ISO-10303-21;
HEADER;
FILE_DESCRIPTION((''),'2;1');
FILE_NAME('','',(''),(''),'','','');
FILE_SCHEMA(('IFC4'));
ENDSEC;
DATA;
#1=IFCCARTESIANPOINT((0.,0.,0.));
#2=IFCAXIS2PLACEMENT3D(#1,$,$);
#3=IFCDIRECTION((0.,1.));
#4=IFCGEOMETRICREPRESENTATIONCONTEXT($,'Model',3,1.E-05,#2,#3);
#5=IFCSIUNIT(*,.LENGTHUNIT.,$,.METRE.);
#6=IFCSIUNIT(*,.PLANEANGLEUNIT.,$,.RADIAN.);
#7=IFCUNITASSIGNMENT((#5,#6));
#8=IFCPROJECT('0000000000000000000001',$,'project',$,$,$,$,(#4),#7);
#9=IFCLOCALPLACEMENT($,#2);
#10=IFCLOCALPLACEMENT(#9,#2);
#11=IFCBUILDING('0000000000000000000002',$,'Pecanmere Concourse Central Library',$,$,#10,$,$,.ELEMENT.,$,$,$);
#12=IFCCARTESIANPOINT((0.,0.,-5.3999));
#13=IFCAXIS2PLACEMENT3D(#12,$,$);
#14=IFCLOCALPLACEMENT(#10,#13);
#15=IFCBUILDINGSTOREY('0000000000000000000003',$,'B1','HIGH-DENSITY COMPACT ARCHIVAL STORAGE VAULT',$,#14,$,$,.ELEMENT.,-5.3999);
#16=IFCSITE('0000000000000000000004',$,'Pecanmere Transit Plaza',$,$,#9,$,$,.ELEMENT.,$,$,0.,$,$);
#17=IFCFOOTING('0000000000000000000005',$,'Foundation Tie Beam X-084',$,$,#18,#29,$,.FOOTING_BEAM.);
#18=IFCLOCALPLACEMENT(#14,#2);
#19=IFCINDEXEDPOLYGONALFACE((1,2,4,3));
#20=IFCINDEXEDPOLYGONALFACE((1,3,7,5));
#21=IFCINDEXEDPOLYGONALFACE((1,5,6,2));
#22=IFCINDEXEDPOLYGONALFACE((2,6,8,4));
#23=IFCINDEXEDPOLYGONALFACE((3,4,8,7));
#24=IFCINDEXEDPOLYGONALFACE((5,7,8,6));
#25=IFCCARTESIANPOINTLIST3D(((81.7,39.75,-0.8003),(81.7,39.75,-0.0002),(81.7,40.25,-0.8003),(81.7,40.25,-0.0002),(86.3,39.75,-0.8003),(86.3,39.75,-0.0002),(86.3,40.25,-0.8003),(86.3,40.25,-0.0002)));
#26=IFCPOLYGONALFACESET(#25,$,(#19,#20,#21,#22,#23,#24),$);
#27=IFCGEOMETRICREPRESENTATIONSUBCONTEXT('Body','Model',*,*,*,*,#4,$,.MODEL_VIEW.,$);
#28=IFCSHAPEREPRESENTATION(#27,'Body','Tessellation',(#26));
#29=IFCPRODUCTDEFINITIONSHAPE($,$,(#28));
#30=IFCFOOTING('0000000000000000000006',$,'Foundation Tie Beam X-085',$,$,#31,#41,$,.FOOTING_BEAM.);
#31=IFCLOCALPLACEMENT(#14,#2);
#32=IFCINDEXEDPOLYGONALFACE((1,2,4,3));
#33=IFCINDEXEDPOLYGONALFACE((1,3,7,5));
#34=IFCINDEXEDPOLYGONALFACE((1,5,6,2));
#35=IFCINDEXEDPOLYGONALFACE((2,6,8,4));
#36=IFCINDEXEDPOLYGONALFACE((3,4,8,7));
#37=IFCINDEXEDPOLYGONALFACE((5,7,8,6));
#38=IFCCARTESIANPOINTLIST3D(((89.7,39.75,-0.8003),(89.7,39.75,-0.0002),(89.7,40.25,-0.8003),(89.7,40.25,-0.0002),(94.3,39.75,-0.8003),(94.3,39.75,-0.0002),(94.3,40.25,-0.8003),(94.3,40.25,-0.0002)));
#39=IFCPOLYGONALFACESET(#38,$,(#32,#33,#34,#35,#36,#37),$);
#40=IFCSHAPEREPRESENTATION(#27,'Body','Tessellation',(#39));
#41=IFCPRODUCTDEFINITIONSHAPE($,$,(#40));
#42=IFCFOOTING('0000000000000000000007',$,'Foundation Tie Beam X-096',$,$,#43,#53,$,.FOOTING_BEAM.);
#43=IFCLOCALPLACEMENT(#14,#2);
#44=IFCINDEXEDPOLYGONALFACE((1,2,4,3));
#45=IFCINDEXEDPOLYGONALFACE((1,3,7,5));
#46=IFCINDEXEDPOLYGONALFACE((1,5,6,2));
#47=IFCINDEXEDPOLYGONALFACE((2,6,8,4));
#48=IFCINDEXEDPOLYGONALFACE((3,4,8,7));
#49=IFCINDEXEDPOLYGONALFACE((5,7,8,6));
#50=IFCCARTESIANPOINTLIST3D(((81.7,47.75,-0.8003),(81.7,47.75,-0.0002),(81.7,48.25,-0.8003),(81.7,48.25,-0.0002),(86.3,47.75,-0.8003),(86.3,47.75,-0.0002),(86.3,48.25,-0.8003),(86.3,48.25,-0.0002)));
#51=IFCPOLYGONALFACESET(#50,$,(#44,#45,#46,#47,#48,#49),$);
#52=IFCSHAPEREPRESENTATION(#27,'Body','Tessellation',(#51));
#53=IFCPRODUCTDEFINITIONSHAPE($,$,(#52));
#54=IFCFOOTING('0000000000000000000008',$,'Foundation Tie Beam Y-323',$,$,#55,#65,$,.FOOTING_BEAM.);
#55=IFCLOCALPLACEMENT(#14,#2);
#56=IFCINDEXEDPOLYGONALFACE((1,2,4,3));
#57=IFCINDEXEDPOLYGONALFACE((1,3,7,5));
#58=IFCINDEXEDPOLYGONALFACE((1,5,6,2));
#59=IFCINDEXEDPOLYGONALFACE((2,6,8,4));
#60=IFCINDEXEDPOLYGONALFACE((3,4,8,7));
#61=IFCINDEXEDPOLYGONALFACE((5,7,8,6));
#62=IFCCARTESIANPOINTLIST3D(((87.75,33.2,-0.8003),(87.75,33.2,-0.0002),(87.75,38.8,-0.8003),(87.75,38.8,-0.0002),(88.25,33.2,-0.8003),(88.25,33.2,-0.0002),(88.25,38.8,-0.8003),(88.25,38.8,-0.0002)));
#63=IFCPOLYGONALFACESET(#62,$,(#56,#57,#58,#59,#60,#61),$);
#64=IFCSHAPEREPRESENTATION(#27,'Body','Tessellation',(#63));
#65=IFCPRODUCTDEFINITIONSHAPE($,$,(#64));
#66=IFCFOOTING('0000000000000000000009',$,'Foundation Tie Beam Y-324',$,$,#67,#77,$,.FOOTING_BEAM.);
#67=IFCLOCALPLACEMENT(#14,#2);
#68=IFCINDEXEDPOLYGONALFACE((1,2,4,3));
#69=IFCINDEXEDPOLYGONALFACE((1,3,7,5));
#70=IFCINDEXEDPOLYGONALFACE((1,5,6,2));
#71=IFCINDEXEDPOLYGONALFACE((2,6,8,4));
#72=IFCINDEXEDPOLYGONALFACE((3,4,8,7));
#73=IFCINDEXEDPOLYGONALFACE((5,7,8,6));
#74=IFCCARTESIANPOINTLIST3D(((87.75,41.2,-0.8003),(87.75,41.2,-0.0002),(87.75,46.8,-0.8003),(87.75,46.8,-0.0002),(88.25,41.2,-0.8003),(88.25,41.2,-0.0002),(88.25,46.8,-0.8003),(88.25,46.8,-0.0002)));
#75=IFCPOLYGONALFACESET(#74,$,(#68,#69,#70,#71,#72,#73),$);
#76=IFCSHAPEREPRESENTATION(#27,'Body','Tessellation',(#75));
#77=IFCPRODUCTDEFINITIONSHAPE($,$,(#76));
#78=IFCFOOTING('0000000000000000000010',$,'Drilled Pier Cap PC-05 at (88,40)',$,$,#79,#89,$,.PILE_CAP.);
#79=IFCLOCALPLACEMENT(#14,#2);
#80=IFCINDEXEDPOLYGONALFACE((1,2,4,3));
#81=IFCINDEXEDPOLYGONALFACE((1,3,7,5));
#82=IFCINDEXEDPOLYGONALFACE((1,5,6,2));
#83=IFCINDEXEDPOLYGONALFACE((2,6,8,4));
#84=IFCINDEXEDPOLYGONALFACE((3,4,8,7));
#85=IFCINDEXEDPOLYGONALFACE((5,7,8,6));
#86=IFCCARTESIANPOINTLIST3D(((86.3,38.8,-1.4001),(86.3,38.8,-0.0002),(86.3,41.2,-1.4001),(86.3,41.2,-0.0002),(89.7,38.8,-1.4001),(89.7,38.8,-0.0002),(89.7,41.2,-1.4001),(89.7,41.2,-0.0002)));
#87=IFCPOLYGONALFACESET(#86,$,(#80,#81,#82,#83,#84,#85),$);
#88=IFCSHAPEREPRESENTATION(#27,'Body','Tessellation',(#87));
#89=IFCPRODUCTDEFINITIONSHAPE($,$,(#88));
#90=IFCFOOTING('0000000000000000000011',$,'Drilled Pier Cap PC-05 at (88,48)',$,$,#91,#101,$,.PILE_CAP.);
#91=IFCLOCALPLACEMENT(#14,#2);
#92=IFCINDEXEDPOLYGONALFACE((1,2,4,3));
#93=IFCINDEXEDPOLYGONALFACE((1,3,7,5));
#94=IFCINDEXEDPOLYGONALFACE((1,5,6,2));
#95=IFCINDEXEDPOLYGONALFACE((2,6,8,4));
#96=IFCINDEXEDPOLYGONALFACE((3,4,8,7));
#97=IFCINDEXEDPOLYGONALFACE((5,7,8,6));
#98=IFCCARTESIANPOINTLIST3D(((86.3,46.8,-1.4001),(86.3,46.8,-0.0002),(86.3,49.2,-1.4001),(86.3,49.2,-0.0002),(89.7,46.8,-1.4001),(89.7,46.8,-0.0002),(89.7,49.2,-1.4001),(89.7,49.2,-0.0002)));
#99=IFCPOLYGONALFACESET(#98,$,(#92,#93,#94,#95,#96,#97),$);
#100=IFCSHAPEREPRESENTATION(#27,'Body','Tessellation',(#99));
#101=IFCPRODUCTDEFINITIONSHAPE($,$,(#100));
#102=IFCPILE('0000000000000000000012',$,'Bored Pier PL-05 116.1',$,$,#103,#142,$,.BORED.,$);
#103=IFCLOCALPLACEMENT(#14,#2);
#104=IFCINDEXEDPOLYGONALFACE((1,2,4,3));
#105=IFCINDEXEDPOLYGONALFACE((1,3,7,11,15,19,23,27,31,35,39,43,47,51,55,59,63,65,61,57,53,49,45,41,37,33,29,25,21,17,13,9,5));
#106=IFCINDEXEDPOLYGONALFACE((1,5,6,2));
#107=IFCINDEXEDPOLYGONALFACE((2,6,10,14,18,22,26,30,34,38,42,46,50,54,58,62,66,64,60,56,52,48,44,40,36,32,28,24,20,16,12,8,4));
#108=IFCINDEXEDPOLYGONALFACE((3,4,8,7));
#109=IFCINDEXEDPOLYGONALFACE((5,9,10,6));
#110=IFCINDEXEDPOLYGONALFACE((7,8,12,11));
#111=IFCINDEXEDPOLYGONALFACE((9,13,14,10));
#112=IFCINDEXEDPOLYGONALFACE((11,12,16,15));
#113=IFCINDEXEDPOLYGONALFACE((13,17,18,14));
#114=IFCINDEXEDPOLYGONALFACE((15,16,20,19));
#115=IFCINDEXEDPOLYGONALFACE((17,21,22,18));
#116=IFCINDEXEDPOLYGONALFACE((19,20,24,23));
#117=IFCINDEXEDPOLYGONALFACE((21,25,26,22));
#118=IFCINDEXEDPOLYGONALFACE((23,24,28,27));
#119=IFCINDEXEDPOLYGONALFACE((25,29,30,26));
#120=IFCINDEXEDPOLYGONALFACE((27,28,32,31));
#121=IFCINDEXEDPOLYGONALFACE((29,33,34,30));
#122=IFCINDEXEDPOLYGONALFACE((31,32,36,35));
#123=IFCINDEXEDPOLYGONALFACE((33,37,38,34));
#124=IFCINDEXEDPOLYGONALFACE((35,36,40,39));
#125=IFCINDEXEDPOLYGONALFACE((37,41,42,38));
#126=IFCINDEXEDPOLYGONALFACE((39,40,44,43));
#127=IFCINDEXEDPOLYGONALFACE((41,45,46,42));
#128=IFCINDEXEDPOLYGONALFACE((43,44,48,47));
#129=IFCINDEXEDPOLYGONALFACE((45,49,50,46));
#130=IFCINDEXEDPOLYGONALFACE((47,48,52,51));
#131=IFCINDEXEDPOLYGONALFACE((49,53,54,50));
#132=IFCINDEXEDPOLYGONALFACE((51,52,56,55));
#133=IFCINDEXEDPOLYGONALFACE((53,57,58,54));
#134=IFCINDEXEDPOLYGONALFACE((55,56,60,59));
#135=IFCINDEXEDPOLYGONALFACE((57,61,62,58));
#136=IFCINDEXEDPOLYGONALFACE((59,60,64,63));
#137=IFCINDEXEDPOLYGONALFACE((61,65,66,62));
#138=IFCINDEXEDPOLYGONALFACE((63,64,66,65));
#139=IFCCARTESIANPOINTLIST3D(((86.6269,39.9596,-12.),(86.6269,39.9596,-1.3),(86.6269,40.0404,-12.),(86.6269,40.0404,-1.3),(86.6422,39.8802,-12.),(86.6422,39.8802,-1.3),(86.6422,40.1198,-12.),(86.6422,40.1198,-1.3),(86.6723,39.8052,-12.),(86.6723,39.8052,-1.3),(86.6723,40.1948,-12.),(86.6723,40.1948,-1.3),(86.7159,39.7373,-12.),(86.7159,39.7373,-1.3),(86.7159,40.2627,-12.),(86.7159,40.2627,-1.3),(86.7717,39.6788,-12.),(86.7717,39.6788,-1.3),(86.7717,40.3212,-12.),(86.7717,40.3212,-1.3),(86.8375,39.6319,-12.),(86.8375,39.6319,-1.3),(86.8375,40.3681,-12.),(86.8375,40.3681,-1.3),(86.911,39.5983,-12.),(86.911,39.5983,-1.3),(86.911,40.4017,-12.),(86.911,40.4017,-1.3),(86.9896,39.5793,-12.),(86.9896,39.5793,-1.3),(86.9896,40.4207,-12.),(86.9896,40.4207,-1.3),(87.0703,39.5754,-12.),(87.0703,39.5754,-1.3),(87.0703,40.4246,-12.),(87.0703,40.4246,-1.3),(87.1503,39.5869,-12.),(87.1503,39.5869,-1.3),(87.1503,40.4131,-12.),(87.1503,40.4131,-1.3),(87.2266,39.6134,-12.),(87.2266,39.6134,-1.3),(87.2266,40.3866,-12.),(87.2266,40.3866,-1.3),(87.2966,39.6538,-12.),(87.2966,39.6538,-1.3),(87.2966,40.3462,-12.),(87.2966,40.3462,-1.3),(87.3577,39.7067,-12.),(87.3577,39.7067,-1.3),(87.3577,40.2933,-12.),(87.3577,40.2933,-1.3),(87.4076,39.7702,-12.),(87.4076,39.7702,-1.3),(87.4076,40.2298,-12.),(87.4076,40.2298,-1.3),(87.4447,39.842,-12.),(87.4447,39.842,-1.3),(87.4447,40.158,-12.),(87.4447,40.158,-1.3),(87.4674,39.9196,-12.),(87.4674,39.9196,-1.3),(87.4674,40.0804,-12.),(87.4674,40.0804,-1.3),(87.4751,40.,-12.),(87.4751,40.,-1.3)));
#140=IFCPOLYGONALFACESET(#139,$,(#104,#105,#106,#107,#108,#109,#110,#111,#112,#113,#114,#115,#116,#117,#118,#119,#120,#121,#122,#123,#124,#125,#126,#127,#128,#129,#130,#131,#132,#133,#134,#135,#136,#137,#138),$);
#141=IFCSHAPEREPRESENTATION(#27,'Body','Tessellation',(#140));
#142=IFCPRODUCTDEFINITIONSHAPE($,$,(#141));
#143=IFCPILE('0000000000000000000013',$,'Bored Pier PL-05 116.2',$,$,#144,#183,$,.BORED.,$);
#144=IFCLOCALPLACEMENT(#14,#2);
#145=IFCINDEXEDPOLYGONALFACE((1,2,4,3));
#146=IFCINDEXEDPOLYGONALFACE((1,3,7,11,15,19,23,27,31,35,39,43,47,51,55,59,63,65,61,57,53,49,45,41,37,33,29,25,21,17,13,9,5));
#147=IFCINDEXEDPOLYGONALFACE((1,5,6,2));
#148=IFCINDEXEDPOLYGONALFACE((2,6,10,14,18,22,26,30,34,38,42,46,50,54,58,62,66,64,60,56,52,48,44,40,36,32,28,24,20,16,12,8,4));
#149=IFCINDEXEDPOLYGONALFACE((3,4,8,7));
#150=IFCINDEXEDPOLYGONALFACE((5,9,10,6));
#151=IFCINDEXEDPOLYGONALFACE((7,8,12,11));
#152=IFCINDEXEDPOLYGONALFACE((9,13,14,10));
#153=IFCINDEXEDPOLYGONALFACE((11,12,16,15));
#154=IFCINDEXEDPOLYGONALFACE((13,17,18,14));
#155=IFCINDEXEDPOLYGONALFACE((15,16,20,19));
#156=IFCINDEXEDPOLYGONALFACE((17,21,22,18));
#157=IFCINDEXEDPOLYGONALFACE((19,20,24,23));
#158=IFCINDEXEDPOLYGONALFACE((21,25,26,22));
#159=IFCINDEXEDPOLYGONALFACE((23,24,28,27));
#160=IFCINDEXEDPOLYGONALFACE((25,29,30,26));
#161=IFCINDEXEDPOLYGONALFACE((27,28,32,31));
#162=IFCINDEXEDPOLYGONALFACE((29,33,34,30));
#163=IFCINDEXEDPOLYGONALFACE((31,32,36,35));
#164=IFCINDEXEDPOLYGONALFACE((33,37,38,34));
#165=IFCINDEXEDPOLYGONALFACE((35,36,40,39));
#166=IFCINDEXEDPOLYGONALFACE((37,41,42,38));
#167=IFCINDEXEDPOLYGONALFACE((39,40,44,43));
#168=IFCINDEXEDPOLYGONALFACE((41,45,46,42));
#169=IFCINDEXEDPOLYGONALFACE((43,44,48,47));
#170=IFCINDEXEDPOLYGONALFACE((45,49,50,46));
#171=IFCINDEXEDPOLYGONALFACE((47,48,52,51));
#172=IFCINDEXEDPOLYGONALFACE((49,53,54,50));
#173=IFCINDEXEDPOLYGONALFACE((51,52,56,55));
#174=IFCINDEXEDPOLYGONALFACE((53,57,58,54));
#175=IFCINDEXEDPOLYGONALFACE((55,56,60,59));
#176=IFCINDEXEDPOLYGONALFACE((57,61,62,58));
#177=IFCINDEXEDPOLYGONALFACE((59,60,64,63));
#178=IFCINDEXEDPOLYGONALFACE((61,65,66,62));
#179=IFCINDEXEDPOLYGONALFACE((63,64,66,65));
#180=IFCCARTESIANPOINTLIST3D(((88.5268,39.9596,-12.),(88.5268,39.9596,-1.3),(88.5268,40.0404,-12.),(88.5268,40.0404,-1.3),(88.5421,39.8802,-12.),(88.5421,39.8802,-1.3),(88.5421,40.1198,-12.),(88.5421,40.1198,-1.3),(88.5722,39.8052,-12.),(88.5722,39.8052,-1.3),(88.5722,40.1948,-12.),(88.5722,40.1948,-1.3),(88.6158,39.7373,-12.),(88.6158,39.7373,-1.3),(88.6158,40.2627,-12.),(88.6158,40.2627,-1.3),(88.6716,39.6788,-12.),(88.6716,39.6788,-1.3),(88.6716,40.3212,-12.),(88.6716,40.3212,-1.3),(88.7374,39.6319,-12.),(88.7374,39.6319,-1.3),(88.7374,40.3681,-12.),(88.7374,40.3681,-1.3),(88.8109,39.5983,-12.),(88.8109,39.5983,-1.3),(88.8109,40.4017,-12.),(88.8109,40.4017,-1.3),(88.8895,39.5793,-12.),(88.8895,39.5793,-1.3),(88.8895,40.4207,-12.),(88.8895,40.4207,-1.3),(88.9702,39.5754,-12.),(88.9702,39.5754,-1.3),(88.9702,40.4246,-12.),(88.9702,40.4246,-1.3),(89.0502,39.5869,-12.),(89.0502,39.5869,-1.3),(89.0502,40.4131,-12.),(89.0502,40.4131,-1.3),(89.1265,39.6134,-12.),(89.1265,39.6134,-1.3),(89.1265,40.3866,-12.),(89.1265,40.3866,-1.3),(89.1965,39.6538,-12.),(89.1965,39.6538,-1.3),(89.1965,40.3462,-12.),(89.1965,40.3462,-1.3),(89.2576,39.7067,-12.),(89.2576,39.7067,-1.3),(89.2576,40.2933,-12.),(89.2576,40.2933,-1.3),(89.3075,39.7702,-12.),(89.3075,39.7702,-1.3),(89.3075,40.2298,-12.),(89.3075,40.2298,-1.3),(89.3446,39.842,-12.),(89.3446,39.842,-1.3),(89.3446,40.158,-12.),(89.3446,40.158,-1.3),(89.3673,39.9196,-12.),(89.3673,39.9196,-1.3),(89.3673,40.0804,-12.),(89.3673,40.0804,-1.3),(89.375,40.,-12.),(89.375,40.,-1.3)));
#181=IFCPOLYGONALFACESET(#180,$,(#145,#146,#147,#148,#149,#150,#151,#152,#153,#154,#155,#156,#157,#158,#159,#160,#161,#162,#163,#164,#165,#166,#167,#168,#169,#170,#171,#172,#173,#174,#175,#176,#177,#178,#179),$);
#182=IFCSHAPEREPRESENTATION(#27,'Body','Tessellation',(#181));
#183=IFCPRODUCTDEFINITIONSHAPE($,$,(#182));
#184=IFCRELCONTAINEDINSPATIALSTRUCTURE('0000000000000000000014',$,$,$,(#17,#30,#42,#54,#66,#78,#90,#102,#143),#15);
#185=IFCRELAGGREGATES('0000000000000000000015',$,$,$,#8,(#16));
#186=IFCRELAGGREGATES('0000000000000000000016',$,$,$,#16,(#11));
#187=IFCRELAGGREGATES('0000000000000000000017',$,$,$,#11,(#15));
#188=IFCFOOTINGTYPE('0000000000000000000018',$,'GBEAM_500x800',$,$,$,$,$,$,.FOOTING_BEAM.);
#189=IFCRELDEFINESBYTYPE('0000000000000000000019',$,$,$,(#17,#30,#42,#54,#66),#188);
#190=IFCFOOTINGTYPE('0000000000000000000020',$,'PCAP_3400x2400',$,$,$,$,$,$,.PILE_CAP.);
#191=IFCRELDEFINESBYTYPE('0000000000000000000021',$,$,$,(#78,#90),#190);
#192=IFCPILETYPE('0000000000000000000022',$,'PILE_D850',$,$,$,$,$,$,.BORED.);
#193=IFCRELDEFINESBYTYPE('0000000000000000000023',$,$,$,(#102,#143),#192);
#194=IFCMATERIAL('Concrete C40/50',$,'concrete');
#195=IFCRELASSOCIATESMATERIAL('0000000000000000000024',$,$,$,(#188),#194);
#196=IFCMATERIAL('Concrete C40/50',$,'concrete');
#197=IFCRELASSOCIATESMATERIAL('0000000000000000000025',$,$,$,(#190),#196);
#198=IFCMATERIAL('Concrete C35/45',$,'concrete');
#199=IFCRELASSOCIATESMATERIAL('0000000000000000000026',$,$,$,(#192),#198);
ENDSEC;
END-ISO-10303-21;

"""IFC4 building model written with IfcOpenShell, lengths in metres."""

from ifc_helpers import new_model, si_unit, direction, frame, origin, origin_2d, place, context, subcontext, project, spatial, rectangle, circle, extrude, material, material_profile, profile_set, type_object, element, save


model = new_model("IFC4")

# Units and contexts
model_context = context("Model", 3, precision=1e-05, world=origin(), true_north=direction((0.0, 1.0)))
body_context = subcontext(model_context, "Body", "Model", "MODEL_VIEW")
ifc_project = project(units=[si_unit("LENGTHUNIT", "METRE"), si_unit("PLANEANGLEUNIT", "RADIAN")], contexts=[model_context])

# Site, building, storey
site_placement = place(None, origin())
site = spatial("IfcSite", under=ifc_project, at=site_placement, Name="Pecanmere Transit Plaza", CompositionType="ELEMENT", RefElevation=0.0)
building_placement = place(site_placement, origin())
building = spatial("IfcBuilding", under=site, at=building_placement, Name="Pecanmere Concourse Central Library", CompositionType="ELEMENT")
storey_placement = place(building_placement, frame((0.0, 0.0, -5.3999)))
storey = spatial("IfcBuildingStorey", under=building, at=storey_placement, Name="B1", Description="HIGH-DENSITY COMPACT ARCHIVAL STORAGE VAULT", CompositionType="ELEMENT", Elevation=-5.3999)

# Footings
ifc_material_1 = material(Name="Concrete C40/50", Category="concrete")
ifc_material_profile_1 = material_profile(ifc_material_1, rectangle(XDim=0.5, YDim=0.8, at=origin_2d()), Name="RC 500x800")
ifc_profile_set_1 = profile_set([ifc_material_profile_1], Name="Concrete C40/50")
footing_type_1 = type_object("IfcFootingType", Name="GBEAM_500x800", PredefinedType="FOOTING_BEAM", material=ifc_profile_set_1)
for number, where, z_axis, x_axis, name in (
    (1, (84.0, 40.0, -0.8003), (0.0, 0.0, 1.0), (1.0, 0.0, 0.0), "Foundation Tie Beam X-084"),
    (2, (92.0, 40.0, -0.8003), (0.0, 0.0, 1.0), (1.0, 0.0, 0.0), "Foundation Tie Beam X-085"),
    (3, (84.0, 48.0, -0.8003), (0.0, 0.0, 1.0), (1.0, 0.0, 0.0), "Foundation Tie Beam X-096"),
):
    element("IfcFooting", number, at=place(storey_placement, frame(where, z_axis=z_axis, x_axis=x_axis)), inside=storey, type_object=footing_type_1, Name=name, PredefinedType="FOOTING_BEAM", context=body_context, shape_type="SweptSolid", body=[
        extrude(rectangle(XDim=4.6001, YDim=0.5, at=origin_2d()), origin(), (0.0, 0.0, 1.0), 0.8),
    ])
for number, where, z_axis, x_axis, name in (
    (4, (88.0, 36.0, -0.8003), (0.0, 0.0, 1.0), (0.0, 1.0, 0.0), "Foundation Tie Beam Y-323"),
    (5, (88.0, 44.0, -0.8003), (0.0, 0.0, 1.0), (0.0, 1.0, 0.0), "Foundation Tie Beam Y-324"),
):
    element("IfcFooting", number, at=place(storey_placement, frame(where, z_axis=z_axis, x_axis=x_axis)), inside=storey, type_object=footing_type_1, Name=name, PredefinedType="FOOTING_BEAM", context=body_context, shape_type="SweptSolid", body=[
        extrude(rectangle(XDim=5.6001, YDim=0.5, at=origin_2d()), origin(), (0.0, 0.0, 1.0), 0.8),
    ])
ifc_material_2 = material(Name="Concrete C40/50", Category="concrete")
footing_type_2 = type_object("IfcFootingType", Name="PCAP_3400x2400", PredefinedType="PILE_CAP", material=ifc_material_2)
for number, where, z_axis, x_axis, name in (
    (6, (88.0, 40.0, -1.4001), (0.0, 0.0, 1.0), (1.0, 0.0, 0.0), "Drilled Pier Cap PC-05 at (88,40)"),
    (7, (88.0, 48.0, -1.4001), (0.0, 0.0, 1.0), (1.0, 0.0, 0.0), "Drilled Pier Cap PC-05 at (88,48)"),
):
    element("IfcFooting", number, at=place(storey_placement, frame(where, z_axis=z_axis, x_axis=x_axis)), inside=storey, type_object=footing_type_2, Name=name, PredefinedType="PILE_CAP", context=body_context, shape_type="SweptSolid", body=[
        extrude(rectangle(XDim=3.3999, YDim=2.3999, at=origin_2d()), origin(), (0.0, 0.0, 1.0), 1.3999),
    ])

# Piles
ifc_material_3 = material(Name="Concrete C35/45", Category="concrete")
ifc_material_profile_2 = material_profile(ifc_material_3, circle(Radius=0.425, at=origin_2d()), Name="PIER D850")
ifc_profile_set_2 = profile_set([ifc_material_profile_2], Name="Concrete C35/45")
pile_type = type_object("IfcPileType", Name="PILE_D850", PredefinedType="BORED", material=ifc_profile_set_2)
for number, where, z_axis, x_axis, name in (
    (8, (87.05, 40.0, -1.3), (0.0, 0.0, -1.0), (1.0, 0.0, 0.0), "Bored Pier PL-05 116.1"),
    (9, (88.95, 40.0, -1.3), (0.0, 0.0, -1.0), (1.0, 0.0, 0.0), "Bored Pier PL-05 116.2"),
):
    element("IfcPile", number, at=place(storey_placement, frame(where, z_axis=z_axis, x_axis=x_axis)), inside=storey, type_object=pile_type, Name=name, PredefinedType="BORED", context=body_context, shape_type="SweptSolid", body=[
        extrude(circle(Radius=0.425, at=origin_2d()), origin(), (0.0, 0.0, 1.0), 10.7),
    ])

save(model, "model.ifc")
